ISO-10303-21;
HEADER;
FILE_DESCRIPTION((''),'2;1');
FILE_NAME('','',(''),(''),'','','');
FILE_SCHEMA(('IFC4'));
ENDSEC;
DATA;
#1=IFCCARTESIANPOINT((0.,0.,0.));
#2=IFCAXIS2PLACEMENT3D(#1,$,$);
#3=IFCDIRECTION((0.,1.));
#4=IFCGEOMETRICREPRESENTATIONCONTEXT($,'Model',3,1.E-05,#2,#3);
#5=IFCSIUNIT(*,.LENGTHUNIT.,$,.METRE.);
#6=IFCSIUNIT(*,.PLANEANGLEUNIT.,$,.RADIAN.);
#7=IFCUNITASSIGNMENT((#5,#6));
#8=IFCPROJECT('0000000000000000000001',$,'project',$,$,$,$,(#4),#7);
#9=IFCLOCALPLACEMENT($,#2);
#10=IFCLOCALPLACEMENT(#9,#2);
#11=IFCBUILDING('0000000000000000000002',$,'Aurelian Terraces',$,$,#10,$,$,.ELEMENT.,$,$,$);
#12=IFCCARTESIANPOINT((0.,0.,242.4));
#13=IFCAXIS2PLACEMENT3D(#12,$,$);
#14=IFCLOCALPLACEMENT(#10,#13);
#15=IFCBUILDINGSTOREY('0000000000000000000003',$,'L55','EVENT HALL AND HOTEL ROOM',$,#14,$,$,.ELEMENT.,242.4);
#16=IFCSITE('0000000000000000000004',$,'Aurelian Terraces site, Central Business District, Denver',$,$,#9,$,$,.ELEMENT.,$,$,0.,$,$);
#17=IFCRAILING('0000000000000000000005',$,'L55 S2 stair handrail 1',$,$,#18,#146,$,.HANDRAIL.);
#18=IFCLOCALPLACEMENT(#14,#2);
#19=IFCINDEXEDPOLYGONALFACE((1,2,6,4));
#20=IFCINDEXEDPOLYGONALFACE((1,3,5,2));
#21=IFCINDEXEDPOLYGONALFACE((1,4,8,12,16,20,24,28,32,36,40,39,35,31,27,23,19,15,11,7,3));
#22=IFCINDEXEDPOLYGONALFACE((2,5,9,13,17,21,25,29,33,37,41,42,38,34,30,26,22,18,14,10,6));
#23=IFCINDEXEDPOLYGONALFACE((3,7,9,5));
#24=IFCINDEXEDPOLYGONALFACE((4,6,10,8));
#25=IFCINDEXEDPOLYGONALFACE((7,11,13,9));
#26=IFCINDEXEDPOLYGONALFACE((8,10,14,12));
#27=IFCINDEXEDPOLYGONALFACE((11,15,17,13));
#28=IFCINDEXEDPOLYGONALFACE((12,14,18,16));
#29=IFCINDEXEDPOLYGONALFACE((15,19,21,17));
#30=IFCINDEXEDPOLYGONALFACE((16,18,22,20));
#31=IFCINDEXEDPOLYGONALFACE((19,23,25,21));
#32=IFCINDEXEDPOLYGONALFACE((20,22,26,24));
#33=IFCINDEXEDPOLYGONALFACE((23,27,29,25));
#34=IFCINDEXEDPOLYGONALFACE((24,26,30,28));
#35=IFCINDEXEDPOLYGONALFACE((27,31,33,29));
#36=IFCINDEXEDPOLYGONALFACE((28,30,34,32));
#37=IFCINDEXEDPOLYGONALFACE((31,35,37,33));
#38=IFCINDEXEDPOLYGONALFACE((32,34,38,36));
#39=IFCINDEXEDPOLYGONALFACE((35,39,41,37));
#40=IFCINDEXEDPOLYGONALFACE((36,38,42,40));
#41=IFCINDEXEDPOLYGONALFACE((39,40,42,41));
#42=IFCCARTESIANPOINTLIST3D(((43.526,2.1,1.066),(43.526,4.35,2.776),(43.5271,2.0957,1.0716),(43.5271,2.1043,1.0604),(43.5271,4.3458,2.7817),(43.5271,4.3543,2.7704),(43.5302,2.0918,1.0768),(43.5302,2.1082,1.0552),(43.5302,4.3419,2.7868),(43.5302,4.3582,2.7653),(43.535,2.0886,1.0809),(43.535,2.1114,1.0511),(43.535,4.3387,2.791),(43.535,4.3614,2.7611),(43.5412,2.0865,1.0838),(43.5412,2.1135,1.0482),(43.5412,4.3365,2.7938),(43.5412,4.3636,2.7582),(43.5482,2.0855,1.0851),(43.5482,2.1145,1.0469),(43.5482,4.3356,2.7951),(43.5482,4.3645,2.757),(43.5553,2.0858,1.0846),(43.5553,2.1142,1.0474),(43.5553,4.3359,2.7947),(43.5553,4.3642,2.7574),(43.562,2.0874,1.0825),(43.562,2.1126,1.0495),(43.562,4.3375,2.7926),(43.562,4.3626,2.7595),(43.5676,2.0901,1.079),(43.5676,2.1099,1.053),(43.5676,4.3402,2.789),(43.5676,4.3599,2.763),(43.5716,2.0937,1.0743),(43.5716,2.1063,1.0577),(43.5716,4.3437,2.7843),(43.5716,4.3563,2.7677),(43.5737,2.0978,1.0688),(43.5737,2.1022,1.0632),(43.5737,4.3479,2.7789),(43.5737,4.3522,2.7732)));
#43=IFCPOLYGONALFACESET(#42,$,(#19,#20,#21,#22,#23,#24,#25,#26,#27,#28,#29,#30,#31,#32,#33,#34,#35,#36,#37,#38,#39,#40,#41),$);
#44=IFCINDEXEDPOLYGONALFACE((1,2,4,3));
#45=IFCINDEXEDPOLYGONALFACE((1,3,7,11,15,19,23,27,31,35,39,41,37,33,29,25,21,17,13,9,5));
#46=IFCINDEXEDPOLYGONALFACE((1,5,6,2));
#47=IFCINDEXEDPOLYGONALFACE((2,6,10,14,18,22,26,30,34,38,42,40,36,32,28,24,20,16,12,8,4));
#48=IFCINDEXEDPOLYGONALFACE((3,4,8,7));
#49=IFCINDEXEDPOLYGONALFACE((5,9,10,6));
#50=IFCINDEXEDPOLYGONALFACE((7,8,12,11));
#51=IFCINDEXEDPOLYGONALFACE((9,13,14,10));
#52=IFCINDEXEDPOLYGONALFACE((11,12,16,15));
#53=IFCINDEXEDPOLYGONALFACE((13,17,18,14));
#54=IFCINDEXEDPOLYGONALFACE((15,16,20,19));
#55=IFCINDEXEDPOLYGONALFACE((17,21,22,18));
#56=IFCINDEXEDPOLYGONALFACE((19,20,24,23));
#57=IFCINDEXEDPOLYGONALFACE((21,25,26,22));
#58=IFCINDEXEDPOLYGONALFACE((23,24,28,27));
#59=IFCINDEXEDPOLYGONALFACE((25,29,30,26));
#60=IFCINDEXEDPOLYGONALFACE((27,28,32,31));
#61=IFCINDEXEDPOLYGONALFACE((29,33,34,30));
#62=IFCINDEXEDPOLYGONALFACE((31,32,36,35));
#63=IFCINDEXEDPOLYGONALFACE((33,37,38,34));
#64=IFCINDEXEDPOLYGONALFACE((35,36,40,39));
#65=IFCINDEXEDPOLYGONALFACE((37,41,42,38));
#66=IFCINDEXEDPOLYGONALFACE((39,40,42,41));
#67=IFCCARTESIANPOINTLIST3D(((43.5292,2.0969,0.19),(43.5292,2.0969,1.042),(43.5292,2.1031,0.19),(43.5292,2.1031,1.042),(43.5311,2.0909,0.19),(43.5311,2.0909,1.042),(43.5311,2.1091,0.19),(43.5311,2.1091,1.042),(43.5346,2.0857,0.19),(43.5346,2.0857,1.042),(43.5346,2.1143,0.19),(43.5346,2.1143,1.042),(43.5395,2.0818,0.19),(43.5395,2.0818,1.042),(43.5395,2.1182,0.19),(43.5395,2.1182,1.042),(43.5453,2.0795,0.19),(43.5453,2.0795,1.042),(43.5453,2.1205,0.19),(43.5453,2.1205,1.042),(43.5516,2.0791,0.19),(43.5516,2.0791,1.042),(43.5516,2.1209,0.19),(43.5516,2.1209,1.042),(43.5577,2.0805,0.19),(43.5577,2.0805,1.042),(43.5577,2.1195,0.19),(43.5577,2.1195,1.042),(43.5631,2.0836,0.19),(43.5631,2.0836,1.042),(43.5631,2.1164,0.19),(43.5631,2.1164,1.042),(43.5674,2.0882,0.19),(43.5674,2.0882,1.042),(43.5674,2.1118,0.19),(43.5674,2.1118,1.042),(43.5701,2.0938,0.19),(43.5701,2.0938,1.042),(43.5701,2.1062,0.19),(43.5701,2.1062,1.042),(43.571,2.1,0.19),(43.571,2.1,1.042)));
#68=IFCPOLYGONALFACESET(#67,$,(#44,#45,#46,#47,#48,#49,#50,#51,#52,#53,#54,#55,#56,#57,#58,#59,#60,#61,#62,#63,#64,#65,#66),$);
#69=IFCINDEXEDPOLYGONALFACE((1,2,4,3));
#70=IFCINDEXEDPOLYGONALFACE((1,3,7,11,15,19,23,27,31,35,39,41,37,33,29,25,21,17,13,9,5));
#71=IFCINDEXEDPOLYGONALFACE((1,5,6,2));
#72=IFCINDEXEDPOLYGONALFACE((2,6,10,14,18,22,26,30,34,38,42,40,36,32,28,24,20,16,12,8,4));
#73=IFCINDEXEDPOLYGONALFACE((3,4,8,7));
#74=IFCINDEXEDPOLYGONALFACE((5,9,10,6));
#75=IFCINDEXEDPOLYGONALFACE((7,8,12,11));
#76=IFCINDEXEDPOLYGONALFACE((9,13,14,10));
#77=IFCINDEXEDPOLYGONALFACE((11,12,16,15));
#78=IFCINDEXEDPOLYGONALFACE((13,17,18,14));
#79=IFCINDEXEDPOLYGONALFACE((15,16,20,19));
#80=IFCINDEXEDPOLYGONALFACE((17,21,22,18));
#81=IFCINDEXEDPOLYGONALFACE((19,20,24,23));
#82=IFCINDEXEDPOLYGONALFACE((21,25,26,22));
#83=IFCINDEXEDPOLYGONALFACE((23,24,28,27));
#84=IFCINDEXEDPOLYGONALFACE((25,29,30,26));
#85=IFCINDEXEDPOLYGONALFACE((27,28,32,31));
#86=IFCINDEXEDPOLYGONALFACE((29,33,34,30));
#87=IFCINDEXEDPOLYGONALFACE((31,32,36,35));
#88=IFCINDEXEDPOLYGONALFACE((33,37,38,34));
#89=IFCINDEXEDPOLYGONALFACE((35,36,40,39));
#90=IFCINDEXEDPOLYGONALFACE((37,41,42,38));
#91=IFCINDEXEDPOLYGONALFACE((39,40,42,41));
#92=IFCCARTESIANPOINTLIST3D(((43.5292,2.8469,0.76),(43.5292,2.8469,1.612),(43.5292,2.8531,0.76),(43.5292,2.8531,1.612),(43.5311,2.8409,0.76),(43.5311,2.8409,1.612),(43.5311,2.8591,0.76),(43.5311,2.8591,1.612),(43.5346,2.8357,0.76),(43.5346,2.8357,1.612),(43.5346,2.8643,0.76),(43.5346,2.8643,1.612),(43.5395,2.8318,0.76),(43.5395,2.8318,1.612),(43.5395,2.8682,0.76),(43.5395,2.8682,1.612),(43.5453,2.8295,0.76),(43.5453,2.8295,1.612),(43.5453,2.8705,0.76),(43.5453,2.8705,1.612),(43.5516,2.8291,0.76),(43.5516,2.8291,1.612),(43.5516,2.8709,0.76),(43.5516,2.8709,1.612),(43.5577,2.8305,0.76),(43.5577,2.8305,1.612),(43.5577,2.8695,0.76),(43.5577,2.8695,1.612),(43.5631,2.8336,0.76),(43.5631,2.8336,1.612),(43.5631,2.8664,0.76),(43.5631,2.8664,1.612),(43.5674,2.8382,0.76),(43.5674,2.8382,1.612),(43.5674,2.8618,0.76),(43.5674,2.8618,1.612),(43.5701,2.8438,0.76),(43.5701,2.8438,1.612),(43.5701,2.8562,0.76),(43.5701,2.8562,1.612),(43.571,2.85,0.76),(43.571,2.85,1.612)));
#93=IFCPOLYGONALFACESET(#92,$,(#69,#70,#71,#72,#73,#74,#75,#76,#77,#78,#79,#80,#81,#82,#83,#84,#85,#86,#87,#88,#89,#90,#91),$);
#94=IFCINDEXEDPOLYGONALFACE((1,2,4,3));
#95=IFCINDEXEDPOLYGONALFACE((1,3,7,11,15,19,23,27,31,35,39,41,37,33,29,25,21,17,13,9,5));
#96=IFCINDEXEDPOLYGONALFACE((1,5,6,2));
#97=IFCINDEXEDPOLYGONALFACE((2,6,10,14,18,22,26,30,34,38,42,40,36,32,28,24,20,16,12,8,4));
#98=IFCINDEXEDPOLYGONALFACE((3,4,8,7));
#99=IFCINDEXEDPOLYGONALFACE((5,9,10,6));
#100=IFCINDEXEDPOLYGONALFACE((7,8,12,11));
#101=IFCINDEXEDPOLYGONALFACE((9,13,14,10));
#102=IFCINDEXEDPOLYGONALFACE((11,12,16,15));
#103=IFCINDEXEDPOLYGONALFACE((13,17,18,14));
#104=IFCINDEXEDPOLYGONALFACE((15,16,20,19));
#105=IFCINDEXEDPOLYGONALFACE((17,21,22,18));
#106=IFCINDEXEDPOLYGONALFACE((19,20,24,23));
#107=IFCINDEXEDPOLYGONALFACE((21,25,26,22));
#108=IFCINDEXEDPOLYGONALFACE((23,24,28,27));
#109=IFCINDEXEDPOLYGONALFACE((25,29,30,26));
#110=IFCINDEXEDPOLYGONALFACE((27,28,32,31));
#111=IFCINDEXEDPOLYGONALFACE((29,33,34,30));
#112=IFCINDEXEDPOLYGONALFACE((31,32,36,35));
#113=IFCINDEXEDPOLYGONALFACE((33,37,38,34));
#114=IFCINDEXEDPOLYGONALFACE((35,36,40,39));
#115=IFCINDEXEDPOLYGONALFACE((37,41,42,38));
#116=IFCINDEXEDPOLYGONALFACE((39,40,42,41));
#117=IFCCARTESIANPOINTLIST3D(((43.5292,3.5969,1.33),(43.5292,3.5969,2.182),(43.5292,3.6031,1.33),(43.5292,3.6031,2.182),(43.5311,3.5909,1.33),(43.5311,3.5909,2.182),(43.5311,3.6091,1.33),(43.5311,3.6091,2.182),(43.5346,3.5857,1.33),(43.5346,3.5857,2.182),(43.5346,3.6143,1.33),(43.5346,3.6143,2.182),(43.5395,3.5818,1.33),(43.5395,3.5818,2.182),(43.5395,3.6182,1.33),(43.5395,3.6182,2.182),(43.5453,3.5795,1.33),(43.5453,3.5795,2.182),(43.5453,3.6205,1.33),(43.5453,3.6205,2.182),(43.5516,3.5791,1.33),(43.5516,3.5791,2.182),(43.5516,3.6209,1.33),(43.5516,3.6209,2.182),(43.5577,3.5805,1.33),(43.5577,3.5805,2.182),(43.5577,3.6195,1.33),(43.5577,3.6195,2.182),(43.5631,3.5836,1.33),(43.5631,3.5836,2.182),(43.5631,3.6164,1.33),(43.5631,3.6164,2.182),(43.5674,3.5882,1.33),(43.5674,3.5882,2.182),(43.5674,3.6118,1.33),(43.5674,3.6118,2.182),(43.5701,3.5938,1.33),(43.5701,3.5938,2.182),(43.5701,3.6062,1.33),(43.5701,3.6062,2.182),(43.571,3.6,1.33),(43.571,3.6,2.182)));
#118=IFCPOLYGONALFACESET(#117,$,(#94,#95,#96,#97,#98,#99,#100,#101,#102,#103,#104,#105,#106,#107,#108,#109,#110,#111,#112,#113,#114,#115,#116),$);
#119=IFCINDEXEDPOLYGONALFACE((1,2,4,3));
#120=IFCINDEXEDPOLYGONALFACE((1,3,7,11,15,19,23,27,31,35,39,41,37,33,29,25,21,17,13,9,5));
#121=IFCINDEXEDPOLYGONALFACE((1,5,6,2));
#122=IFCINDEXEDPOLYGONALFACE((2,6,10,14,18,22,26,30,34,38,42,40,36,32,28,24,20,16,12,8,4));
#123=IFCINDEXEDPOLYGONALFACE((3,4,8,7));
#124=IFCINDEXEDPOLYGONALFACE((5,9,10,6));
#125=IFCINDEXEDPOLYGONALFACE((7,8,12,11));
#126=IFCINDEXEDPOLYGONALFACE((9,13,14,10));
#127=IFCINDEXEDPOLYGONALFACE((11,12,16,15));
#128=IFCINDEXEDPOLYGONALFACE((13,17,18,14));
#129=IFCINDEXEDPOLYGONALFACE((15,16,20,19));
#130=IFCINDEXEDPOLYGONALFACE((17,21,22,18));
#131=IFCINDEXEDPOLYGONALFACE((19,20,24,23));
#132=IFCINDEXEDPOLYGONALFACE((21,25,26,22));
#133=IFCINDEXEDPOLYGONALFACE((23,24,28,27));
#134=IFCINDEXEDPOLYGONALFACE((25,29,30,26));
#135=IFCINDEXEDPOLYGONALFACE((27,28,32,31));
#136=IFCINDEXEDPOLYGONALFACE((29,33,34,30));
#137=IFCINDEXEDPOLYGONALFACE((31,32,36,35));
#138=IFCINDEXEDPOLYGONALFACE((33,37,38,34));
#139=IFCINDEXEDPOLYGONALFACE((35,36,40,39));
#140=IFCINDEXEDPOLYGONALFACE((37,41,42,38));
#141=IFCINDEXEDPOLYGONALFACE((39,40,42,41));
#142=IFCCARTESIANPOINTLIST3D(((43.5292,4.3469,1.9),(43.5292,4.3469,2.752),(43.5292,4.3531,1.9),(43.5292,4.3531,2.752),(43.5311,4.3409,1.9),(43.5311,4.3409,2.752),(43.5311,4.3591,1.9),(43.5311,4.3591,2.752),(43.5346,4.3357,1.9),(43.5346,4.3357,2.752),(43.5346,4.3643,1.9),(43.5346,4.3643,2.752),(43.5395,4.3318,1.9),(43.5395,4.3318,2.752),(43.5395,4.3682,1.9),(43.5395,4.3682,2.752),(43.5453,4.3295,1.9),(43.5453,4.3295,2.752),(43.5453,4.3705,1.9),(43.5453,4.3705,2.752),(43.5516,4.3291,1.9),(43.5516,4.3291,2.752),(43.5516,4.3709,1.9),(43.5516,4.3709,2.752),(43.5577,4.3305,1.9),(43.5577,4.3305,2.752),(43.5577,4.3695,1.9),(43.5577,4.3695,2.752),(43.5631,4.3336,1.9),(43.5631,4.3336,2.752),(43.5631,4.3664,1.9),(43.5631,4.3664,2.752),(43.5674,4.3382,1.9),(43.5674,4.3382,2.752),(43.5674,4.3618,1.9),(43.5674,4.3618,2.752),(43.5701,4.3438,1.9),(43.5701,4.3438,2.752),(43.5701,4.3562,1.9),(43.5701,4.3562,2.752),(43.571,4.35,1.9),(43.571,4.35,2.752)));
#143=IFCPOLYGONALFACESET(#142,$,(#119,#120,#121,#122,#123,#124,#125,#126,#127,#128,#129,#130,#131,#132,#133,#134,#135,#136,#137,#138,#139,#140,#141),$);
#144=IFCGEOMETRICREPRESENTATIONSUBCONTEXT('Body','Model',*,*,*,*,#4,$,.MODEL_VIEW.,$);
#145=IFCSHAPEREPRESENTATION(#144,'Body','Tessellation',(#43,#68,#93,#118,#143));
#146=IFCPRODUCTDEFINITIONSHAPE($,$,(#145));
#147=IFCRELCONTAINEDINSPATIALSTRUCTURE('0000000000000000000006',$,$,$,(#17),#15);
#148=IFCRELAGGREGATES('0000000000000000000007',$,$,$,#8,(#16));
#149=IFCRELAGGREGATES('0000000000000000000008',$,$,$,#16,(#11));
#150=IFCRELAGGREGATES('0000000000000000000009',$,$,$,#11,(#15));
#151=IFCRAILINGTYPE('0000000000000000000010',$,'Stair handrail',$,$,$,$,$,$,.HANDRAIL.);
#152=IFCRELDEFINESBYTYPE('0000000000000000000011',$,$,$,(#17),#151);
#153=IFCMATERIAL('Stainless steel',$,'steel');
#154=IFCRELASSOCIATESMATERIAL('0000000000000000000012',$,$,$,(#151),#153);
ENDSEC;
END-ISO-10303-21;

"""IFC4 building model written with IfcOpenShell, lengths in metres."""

from ifc_helpers import new_model, si_unit, direction, frame, origin, origin_2d, place, context, subcontext, project, spatial, circle, extrude, source, transform, mapped, material, type_object, element, save


model = new_model("IFC4")

# Units and contexts
model_context = context("Model", 3, precision=1e-05, world=origin(), true_north=direction((0.0, 1.0)))
body_context = subcontext(model_context, "Body", "Model", "MODEL_VIEW")
ifc_project = project(units=[si_unit("LENGTHUNIT", "METRE"), si_unit("PLANEANGLEUNIT", "RADIAN")], contexts=[model_context])

# Site, building, storey
site_placement = place(None, origin())
site = spatial("IfcSite", under=ifc_project, at=site_placement, Name="Aurelian Terraces site, Central Business District, Denver", CompositionType="ELEMENT", RefElevation=0.0)
building_placement = place(site_placement, origin())
building = spatial("IfcBuilding", under=site, at=building_placement, Name="Aurelian Terraces", CompositionType="ELEMENT")
storey_placement = place(building_placement, frame((0.0, 0.0, 242.4)))
storey = spatial("IfcBuildingStorey", under=building, at=storey_placement, Name="L55", Description="EVENT HALL AND HOTEL ROOM", CompositionType="ELEMENT", Elevation=242.4)

# Railing
ifc_material_1 = material(Name="Stainless steel", Category="steel")
railing_type_1 = type_object("IfcRailingType", Name="Stair handrail", PredefinedType="HANDRAIL", material=ifc_material_1)
shared_shape_1 = source(origin(), body_context, "Body", "SweptSolid", [
    extrude(circle(Radius=0.024, at=origin_2d()), frame((0.0, 0.0, 0.876), z_axis=(0.0, 0.796162, 0.605083), x_axis=(-1.0, 0.0, 0.0)), (0.0, 0.0, 1.0), 2.8261),
    extrude(circle(Radius=0.021, at=origin_2d()), origin(), (0.0, 0.0, 1.0), 0.852),
    extrude(circle(Radius=0.021, at=origin_2d()), frame((0.0, 0.75, 0.57)), (0.0, 0.0, 1.0), 0.852),
    extrude(circle(Radius=0.021, at=origin_2d()), frame((0.0, 1.5, 1.14)), (0.0, 0.0, 1.0), 0.852),
    extrude(circle(Radius=0.021, at=origin_2d()), frame((0.0, 2.25, 1.71)), (0.0, 0.0, 1.0), 0.852),
])
railing_1_placement = place(storey_placement, frame((43.55, 2.1, 0.19)))
element("IfcRailing", 1, at=railing_1_placement, inside=storey, type_object=railing_type_1, Name="L55 S2 stair handrail 1", PredefinedType="HANDRAIL", context=body_context, shape_type="MappedRepresentation", body=[
    mapped(shared_shape_1, transform((0.0, 0.0, 0.0), scale=1.0)),
])

save(model, "model.ifc")
